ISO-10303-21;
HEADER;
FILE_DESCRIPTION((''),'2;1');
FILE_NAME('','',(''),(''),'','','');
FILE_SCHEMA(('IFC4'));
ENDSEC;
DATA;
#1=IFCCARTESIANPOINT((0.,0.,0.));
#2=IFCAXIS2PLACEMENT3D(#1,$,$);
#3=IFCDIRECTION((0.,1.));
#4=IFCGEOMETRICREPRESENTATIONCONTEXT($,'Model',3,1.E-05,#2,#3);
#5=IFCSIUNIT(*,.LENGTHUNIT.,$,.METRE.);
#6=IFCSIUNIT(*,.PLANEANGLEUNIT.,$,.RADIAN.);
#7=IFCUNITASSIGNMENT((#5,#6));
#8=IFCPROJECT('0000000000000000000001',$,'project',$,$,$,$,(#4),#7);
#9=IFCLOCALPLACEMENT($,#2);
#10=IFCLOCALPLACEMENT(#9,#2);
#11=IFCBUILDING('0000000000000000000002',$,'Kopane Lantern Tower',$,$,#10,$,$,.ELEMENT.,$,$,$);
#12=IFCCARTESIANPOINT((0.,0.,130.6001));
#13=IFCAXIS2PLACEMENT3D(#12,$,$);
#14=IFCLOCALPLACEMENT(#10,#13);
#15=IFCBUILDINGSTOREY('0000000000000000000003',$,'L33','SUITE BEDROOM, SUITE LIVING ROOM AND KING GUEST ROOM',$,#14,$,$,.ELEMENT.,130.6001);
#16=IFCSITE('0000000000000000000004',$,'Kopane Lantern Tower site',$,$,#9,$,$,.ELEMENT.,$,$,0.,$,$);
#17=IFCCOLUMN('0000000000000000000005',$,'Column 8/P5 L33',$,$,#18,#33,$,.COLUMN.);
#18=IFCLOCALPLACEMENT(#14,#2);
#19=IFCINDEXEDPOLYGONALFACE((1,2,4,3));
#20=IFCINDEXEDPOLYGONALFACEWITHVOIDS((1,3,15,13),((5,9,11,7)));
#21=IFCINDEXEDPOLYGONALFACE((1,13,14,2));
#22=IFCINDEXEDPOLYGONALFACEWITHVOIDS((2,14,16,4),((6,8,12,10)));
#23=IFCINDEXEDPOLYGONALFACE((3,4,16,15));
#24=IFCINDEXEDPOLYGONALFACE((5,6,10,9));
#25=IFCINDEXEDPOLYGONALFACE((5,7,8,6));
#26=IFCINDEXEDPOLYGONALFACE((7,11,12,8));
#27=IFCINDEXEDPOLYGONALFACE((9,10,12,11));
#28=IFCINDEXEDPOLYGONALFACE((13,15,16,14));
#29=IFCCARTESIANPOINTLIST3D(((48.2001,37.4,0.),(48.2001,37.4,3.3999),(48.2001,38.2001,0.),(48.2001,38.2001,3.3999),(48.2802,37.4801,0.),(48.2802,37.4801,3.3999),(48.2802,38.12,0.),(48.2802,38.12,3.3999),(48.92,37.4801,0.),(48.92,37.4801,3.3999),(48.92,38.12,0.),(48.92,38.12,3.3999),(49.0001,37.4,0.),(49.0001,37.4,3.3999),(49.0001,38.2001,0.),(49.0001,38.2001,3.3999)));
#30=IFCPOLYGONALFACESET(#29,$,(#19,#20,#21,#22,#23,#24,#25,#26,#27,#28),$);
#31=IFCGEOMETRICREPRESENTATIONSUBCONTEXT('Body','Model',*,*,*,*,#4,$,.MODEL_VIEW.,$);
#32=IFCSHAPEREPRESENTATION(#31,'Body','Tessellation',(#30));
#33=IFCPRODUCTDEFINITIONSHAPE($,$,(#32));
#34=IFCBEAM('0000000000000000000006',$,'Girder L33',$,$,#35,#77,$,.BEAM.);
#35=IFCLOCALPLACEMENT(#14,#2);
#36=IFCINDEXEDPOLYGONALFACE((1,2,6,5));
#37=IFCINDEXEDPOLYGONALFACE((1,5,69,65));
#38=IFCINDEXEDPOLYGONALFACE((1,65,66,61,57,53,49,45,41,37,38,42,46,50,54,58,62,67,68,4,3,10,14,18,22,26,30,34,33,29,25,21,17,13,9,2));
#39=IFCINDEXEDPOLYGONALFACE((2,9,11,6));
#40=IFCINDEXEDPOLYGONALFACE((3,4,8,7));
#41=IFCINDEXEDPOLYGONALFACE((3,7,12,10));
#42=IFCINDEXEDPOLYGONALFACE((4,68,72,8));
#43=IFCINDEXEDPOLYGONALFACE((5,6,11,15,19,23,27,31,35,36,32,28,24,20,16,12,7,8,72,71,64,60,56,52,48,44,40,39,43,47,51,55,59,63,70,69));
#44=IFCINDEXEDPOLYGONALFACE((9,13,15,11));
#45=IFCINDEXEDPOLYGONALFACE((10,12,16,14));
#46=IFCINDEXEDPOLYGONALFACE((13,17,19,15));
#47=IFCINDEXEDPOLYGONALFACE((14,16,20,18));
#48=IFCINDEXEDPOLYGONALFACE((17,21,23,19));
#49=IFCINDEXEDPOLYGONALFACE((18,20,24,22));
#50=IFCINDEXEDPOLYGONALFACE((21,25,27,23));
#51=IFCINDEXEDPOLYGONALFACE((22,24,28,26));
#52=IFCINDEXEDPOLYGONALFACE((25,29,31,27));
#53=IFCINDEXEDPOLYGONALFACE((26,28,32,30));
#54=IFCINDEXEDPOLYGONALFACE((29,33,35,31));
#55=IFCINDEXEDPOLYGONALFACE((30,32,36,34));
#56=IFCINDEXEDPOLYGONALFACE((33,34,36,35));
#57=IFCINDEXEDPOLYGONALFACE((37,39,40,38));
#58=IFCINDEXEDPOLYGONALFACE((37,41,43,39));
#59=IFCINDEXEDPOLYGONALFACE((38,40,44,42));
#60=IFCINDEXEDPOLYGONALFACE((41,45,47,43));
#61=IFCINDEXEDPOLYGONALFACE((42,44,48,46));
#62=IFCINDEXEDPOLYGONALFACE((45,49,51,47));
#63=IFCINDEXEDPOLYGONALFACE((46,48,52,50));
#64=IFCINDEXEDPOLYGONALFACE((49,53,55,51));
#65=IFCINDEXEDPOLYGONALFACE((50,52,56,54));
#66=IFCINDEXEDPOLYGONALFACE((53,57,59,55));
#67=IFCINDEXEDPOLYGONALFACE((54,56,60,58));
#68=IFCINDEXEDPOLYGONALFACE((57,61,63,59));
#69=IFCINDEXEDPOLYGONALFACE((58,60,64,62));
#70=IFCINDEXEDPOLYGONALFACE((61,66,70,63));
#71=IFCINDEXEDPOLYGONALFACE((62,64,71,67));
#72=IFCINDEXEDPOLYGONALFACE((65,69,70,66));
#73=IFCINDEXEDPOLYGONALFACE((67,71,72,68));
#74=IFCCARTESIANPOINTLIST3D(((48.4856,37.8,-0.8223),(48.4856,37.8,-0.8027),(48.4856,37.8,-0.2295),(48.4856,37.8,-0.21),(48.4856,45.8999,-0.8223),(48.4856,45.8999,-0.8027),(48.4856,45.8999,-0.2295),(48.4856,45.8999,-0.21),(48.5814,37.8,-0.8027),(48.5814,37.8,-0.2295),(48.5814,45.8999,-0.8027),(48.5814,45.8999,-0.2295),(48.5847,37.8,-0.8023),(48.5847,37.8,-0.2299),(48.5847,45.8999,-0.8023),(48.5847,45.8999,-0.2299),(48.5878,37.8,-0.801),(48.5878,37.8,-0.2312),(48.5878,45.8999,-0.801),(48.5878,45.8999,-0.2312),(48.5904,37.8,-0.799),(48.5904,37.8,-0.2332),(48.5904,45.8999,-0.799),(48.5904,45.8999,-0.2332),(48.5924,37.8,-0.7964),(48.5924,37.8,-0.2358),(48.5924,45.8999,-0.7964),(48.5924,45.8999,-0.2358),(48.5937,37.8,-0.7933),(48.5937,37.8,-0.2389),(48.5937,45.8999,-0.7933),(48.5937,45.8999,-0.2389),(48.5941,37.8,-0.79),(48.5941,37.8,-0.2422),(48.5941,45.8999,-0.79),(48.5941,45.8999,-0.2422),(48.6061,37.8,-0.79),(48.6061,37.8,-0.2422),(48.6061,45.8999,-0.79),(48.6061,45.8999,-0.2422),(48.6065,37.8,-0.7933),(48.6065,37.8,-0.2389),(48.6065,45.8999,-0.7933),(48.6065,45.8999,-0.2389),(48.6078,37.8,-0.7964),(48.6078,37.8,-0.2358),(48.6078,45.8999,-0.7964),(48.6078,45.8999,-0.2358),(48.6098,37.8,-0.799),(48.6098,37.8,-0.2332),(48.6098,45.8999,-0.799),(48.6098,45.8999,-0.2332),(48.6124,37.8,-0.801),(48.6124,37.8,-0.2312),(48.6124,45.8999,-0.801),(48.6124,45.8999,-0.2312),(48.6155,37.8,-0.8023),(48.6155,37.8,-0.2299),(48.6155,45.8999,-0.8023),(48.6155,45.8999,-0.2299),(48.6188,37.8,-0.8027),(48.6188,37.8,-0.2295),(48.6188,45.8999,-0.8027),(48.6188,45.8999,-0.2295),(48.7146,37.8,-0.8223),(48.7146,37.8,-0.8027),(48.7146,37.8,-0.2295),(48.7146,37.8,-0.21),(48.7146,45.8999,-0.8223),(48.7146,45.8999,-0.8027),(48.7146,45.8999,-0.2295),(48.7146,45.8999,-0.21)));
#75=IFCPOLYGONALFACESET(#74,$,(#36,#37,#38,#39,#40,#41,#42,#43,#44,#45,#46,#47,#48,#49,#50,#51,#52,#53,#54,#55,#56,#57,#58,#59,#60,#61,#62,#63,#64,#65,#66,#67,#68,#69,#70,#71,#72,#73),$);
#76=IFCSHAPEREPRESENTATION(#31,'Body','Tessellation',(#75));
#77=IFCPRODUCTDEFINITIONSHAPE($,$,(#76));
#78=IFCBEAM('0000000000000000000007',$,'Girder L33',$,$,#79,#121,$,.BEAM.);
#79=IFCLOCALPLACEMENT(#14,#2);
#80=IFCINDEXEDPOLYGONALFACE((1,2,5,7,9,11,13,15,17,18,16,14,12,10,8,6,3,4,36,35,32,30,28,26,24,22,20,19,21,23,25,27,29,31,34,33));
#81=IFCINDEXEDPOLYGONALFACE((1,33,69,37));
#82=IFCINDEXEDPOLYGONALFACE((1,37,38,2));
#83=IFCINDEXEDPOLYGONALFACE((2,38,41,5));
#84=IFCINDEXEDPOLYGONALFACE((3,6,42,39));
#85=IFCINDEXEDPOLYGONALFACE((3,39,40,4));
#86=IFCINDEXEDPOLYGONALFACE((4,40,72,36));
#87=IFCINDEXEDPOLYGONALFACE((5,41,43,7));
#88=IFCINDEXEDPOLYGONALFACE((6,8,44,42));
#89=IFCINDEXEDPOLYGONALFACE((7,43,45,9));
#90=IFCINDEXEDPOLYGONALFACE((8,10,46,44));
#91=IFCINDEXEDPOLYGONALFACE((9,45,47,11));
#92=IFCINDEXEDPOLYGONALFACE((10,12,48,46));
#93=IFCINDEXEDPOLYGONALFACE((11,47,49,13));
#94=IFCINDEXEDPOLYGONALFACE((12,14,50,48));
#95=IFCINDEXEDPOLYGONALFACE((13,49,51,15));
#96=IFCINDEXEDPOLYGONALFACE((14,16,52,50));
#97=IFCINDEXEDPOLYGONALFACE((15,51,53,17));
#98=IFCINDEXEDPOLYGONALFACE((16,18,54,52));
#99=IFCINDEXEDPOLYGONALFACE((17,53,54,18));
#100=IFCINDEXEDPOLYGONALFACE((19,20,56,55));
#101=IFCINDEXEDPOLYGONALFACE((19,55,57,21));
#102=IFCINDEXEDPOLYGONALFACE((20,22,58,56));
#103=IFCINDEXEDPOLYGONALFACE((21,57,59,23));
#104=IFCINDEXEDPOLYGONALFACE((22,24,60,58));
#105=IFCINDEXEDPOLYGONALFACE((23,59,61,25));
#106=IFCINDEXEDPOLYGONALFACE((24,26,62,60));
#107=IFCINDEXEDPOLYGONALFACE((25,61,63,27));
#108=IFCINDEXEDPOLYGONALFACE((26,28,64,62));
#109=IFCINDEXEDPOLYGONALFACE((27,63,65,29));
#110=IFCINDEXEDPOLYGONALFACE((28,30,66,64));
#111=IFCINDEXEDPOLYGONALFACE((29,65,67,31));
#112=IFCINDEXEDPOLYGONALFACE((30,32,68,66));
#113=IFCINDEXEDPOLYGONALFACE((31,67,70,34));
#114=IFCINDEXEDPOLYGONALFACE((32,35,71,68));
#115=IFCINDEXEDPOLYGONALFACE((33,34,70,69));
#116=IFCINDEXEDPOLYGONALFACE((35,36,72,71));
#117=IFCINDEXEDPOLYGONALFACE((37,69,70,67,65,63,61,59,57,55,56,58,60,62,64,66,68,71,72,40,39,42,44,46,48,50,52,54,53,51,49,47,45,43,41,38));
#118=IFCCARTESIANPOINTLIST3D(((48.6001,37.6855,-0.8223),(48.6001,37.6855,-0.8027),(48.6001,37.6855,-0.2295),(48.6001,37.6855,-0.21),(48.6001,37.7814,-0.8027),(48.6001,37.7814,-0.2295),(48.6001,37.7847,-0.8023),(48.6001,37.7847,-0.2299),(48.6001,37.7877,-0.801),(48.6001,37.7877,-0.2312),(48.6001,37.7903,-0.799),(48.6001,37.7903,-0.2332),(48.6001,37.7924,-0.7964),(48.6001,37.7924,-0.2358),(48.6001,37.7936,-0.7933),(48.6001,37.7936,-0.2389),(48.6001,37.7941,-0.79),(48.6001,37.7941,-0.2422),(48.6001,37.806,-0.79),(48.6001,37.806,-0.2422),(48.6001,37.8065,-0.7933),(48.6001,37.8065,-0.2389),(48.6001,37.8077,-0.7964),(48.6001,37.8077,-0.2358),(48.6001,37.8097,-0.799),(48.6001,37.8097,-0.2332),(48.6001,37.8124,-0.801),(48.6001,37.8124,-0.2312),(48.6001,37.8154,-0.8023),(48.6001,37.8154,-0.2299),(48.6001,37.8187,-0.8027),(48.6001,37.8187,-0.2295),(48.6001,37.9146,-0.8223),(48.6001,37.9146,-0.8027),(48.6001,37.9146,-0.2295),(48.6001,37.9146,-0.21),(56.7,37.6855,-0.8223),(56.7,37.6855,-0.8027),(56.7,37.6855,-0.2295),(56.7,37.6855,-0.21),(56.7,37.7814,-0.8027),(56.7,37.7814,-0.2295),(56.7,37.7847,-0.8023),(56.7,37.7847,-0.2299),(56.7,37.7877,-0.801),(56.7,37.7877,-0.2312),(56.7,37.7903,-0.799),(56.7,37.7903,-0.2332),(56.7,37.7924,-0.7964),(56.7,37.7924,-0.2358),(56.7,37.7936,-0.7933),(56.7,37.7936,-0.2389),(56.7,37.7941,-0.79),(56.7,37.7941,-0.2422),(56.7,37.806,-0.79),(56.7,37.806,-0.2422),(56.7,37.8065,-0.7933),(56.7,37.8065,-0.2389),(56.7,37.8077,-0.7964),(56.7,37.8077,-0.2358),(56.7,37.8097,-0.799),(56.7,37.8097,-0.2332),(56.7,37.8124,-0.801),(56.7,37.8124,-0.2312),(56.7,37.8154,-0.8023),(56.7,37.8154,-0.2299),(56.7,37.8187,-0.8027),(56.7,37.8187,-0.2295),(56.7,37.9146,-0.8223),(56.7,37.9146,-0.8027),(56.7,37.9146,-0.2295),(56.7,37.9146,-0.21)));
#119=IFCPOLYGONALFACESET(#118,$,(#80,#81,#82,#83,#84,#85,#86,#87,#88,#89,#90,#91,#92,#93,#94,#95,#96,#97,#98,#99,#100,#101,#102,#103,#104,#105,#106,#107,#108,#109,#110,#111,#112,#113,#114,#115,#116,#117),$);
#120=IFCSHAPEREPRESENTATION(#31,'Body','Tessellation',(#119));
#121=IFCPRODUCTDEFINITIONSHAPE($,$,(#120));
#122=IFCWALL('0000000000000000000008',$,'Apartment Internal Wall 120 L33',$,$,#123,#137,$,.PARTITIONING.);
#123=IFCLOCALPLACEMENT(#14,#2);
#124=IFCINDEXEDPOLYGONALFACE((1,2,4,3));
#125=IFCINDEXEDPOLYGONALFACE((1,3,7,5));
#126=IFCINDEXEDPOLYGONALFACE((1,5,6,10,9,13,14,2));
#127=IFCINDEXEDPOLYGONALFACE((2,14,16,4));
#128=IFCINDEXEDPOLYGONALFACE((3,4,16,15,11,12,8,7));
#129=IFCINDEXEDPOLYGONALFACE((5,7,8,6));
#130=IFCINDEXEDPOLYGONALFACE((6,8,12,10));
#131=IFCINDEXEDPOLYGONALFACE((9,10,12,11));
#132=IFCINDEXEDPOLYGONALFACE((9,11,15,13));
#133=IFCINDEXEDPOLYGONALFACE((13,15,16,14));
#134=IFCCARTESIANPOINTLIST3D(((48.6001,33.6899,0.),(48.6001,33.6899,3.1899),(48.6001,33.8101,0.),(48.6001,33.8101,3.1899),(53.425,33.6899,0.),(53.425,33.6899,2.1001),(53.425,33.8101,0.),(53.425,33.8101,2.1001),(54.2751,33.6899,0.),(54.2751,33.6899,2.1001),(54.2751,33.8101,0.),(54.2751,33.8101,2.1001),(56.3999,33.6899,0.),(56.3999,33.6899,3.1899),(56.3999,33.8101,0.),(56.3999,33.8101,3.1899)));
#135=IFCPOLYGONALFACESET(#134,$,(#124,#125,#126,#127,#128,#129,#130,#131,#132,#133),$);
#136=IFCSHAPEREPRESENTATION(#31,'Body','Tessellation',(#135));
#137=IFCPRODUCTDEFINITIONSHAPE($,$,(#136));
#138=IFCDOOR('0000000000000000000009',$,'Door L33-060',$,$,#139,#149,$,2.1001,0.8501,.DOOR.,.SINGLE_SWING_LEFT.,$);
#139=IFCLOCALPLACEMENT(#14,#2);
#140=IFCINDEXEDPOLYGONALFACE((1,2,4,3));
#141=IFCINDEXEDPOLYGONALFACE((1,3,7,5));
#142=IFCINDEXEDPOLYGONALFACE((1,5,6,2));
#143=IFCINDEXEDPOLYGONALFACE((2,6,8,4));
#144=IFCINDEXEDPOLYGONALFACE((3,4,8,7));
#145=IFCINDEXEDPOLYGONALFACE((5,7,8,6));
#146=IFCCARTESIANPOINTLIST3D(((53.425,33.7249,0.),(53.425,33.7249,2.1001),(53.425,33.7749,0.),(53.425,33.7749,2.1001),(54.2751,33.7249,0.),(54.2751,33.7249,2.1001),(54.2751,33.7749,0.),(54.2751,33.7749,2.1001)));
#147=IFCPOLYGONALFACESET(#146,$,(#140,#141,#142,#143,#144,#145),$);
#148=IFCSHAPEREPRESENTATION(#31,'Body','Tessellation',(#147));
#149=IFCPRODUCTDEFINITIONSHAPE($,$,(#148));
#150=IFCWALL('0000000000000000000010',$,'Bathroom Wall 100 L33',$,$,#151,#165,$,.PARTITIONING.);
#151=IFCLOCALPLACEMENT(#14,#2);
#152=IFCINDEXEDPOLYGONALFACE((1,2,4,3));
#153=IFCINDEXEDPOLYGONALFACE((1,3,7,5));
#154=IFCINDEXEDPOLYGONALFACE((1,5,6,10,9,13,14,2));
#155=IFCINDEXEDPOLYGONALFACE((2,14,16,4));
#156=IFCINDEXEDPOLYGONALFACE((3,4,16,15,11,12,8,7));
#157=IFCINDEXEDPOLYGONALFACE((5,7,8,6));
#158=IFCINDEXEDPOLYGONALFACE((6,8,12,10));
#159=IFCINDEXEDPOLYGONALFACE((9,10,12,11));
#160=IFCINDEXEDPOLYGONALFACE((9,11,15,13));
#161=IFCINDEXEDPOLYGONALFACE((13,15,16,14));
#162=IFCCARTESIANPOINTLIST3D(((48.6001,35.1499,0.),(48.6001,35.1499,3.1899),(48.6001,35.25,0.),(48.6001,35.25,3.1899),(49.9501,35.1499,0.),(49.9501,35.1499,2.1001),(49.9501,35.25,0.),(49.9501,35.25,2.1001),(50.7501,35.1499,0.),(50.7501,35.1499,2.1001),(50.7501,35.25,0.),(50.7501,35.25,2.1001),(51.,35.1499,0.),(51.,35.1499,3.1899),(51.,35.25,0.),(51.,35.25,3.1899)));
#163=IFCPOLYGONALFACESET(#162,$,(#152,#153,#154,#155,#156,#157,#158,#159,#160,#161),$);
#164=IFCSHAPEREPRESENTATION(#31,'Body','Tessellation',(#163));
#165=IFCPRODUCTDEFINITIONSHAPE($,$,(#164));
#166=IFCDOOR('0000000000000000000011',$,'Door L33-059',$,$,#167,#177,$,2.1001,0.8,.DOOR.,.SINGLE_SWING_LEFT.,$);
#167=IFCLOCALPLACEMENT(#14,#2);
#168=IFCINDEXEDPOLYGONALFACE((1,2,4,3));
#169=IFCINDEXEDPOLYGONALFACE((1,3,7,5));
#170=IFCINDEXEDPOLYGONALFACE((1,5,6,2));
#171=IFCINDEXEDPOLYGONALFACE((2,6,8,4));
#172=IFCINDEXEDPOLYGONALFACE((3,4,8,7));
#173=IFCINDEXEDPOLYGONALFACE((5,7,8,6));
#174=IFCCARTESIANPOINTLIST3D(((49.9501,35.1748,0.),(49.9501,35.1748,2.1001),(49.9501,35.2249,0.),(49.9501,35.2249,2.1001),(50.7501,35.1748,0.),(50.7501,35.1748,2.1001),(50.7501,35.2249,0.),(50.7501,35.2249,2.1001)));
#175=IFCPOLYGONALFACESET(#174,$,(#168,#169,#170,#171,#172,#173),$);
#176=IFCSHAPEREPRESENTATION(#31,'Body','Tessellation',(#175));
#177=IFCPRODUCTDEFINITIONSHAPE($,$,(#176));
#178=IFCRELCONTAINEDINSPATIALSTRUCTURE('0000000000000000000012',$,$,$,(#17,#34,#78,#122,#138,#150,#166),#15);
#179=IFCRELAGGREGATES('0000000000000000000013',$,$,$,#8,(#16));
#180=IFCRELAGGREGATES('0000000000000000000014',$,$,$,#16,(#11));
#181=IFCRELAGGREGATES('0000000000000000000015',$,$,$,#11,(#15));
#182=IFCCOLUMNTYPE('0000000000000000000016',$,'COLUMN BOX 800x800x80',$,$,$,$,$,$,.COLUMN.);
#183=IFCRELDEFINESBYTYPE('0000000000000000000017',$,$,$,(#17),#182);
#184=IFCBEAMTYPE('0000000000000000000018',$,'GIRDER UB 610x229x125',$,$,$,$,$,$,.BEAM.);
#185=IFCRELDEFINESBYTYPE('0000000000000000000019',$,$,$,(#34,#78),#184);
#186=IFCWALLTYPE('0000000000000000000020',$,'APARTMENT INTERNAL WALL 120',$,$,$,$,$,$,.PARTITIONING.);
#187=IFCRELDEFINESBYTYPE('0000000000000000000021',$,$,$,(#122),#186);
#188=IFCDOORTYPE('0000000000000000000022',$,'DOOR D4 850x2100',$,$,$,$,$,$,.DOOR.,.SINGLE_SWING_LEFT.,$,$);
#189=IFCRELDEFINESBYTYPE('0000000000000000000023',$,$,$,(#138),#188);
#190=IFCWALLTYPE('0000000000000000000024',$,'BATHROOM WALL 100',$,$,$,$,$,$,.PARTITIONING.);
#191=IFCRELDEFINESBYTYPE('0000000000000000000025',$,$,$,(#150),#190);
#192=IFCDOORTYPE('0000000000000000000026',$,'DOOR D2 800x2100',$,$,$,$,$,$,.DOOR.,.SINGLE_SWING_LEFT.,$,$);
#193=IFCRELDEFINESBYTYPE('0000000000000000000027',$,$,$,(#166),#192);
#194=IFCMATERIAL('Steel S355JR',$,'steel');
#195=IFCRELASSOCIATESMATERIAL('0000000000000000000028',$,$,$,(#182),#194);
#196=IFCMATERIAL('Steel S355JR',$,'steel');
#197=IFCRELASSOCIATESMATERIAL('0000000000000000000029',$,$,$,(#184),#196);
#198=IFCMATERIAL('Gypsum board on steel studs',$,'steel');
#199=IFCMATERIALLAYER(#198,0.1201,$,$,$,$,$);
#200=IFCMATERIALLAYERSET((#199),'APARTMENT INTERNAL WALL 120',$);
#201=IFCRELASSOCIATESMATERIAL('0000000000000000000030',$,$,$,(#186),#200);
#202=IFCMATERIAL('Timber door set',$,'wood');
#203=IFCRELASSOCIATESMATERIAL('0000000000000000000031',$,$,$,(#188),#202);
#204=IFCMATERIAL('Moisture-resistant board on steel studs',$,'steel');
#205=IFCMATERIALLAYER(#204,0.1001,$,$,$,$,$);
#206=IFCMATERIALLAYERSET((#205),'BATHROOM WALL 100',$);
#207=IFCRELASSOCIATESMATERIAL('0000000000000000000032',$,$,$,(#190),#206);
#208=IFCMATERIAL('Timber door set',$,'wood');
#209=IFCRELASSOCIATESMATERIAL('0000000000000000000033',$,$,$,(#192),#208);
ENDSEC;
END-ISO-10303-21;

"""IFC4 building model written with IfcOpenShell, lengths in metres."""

from ifc_helpers import new_model, si_unit, direction, frame, frame_2d, origin, origin_2d, place, context, subcontext, project, spatial, rectangle, hollow_rectangle, i_section, extrude, material, layer, layer_set, material_profile, profile_set, type_object, element, fill, save


model = new_model("IFC4")

# Units and contexts
model_context = context("Model", 3, precision=1e-05, world=origin(), true_north=direction((0.0, 1.0)))
body_context = subcontext(model_context, "Body", "Model", "MODEL_VIEW")
ifc_project = project(units=[si_unit("LENGTHUNIT", "METRE"), si_unit("PLANEANGLEUNIT", "RADIAN")], contexts=[model_context])

# Site, building, storey
site_placement = place(None, origin())
site = spatial("IfcSite", under=ifc_project, at=site_placement, Name="Kopane Lantern Tower site", CompositionType="ELEMENT", RefElevation=0.0)
building_placement = place(site_placement, origin())
building = spatial("IfcBuilding", under=site, at=building_placement, Name="Kopane Lantern Tower", CompositionType="ELEMENT")
storey_placement = place(building_placement, frame((0.0, 0.0, 130.6001)))
storey = spatial("IfcBuildingStorey", under=building, at=storey_placement, Name="L33", Description="SUITE BEDROOM, SUITE LIVING ROOM AND KING GUEST ROOM", CompositionType="ELEMENT", Elevation=130.6001)

# Column
ifc_material_1 = material(Name="Steel S355JR", Category="steel")
ifc_material_profile_1 = material_profile(ifc_material_1, hollow_rectangle(XDim=0.8, YDim=0.8, WallThickness=0.0801, at=origin_2d()), Name="BOX 800x800x80")
ifc_profile_set_1 = profile_set([ifc_material_profile_1], Name="Steel S355JR")
column_type = type_object("IfcColumnType", Name="COLUMN BOX 800x800x80", PredefinedType="COLUMN", material=ifc_profile_set_1)
column_placement = place(storey_placement, frame((48.6001, 37.8, 0.0), z_axis=(0.0, 0.0, 1.0), x_axis=(1.0, 0.0, 0.0)))
element("IfcColumn", 1, at=column_placement, inside=storey, type_object=column_type, Name="Column 8/P5 L33", PredefinedType="COLUMN", context=body_context, shape_type="SweptSolid", body=[
    extrude(hollow_rectangle(XDim=0.8, YDim=0.8, WallThickness=0.0801, at=origin_2d()), origin(), (0.0, 0.0, 1.0), 3.3999),
])

# Beams
ifc_material_2 = material(Name="Steel S355JR", Category="steel")
ifc_material_profile_2 = material_profile(ifc_material_2, i_section(OverallWidth=0.229, OverallDepth=0.6123, WebThickness=0.012, FlangeThickness=0.0195, FilletRadius=0.0127, at=origin_2d()), Name="UB 610x229x125")
ifc_profile_set_2 = profile_set([ifc_material_profile_2], Name="Steel S355JR")
beam_type = type_object("IfcBeamType", Name="GIRDER UB 610x229x125", PredefinedType="BEAM", material=ifc_profile_set_2)
for number, where, z_axis, x_axis, name in (
    (2, (48.6001, 37.8, -0.5161), (0.0, 1.0, 0.0), (-1.0, 0.0, 0.0), "Girder L33"),
    (3, (48.6001, 37.8, -0.5161), (1.0, 0.0, 0.0), (0.0, 1.0, 0.0), "Girder L33"),
):
    element("IfcBeam", number, at=place(storey_placement, frame(where, z_axis=z_axis, x_axis=x_axis)), inside=storey, type_object=beam_type, Name=name, PredefinedType="BEAM", context=body_context, shape_type="SweptSolid", body=[
        extrude(i_section(OverallWidth=0.229, OverallDepth=0.6123, WebThickness=0.012, FlangeThickness=0.0195, FilletRadius=0.0127, at=origin_2d()), origin(), (0.0, 0.0, 1.0), 8.0999),
    ])

# Walls, openings, doors
ifc_material_3 = material(Name="Gypsum board on steel studs", Category="steel")
ifc_layer_1 = layer(ifc_material_3, 0.1201)
ifc_layer_set_1 = layer_set([ifc_layer_1], Name="APARTMENT INTERNAL WALL 120")
wall_type_1 = type_object("IfcWallType", Name="APARTMENT INTERNAL WALL 120", PredefinedType="PARTITIONING", material=ifc_layer_set_1)
wall_1_placement = place(storey_placement, frame((48.6001, 33.75, 0.0), z_axis=(0.0, 0.0, 1.0), x_axis=(1.0, 0.0, 0.0)))
wall_1 = element("IfcWall", 4, at=wall_1_placement, inside=storey, type_object=wall_type_1, Name="Apartment Internal Wall 120 L33", PredefinedType="PARTITIONING", context=body_context, shape_type="SweptSolid", body=[
    extrude(rectangle(XDim=7.7998, YDim=0.1201, at=frame_2d((3.8999, 0.0))), origin(), (0.0, 0.0, 1.0), 3.1899),
])
opening_1_placement = place(wall_1_placement, frame((4.825, 0.0, 0.0)))
opening_1 = element("IfcOpeningElement", 5, at=opening_1_placement, cuts=wall_1, PredefinedType="OPENING", context=body_context, shape_type="SweptSolid", body=[
    extrude(rectangle(XDim=0.8501, YDim=2.1001, at=frame_2d((0.425, 1.05))), frame((0.0, 0.0701, 0.0), z_axis=(0.0, -1.0, 0.0), x_axis=(1.0, 0.0, 0.0)), (0.0, 0.0, 1.0), 0.1401),
])
ifc_material_4 = material(Name="Timber door set", Category="wood")
door_type_1 = type_object("IfcDoorType", Name="DOOR D4 850x2100", OperationType="SINGLE_SWING_LEFT", PredefinedType="DOOR", material=ifc_material_4)
door_1_placement = place(opening_1_placement, origin())
door_1 = element("IfcDoor", 6, at=door_1_placement, inside=storey, type_object=door_type_1, Name="Door L33-060", OperationType="SINGLE_SWING_LEFT", OverallHeight=2.1001, OverallWidth=0.8501, PredefinedType="DOOR", context=body_context, shape_type="SweptSolid", body=[
    extrude(rectangle(XDim=0.8501, YDim=2.1001, at=frame_2d((0.425, 1.05))), frame((0.0, 0.0249, 0.0), z_axis=(0.0, -1.0, 0.0), x_axis=(1.0, 0.0, 0.0)), (0.0, 0.0, 1.0), 0.05),
])
fill(opening_1, door_1)
ifc_material_5 = material(Name="Moisture-resistant board on steel studs", Category="steel")
ifc_layer_2 = layer(ifc_material_5, 0.1001)
ifc_layer_set_2 = layer_set([ifc_layer_2], Name="BATHROOM WALL 100")
wall_type_2 = type_object("IfcWallType", Name="BATHROOM WALL 100", PredefinedType="PARTITIONING", material=ifc_layer_set_2)
wall_2_placement = place(storey_placement, frame((48.6001, 35.2, 0.0), z_axis=(0.0, 0.0, 1.0), x_axis=(1.0, 0.0, 0.0)))
wall_2 = element("IfcWall", 7, at=wall_2_placement, inside=storey, type_object=wall_type_2, Name="Bathroom Wall 100 L33", PredefinedType="PARTITIONING", context=body_context, shape_type="SweptSolid", body=[
    extrude(rectangle(XDim=2.3999, YDim=0.1001, at=frame_2d((1.2, 0.0))), origin(), (0.0, 0.0, 1.0), 3.1899),
])
opening_2_placement = place(wall_2_placement, frame((1.3501, 0.0, 0.0)))
opening_2 = element("IfcOpeningElement", 8, at=opening_2_placement, cuts=wall_2, PredefinedType="OPENING", context=body_context, shape_type="SweptSolid", body=[
    extrude(rectangle(XDim=0.8, YDim=2.1001, at=frame_2d((0.3999, 1.05))), frame((0.0, 0.0601, 0.0), z_axis=(0.0, -1.0, 0.0), x_axis=(1.0, 0.0, 0.0)), (0.0, 0.0, 1.0), 0.1201),
])
ifc_material_6 = material(Name="Timber door set", Category="wood")
door_type_2 = type_object("IfcDoorType", Name="DOOR D2 800x2100", OperationType="SINGLE_SWING_LEFT", PredefinedType="DOOR", material=ifc_material_6)
door_2_placement = place(opening_2_placement, origin())
door_2 = element("IfcDoor", 9, at=door_2_placement, inside=storey, type_object=door_type_2, Name="Door L33-059", OperationType="SINGLE_SWING_LEFT", OverallHeight=2.1001, OverallWidth=0.8, PredefinedType="DOOR", context=body_context, shape_type="SweptSolid", body=[
    extrude(rectangle(XDim=0.8, YDim=2.1001, at=frame_2d((0.3999, 1.05))), frame((0.0, 0.0249, 0.0), z_axis=(0.0, -1.0, 0.0), x_axis=(1.0, 0.0, 0.0)), (0.0, 0.0, 1.0), 0.05),
])
fill(opening_2, door_2)

save(model, "model.ifc")
